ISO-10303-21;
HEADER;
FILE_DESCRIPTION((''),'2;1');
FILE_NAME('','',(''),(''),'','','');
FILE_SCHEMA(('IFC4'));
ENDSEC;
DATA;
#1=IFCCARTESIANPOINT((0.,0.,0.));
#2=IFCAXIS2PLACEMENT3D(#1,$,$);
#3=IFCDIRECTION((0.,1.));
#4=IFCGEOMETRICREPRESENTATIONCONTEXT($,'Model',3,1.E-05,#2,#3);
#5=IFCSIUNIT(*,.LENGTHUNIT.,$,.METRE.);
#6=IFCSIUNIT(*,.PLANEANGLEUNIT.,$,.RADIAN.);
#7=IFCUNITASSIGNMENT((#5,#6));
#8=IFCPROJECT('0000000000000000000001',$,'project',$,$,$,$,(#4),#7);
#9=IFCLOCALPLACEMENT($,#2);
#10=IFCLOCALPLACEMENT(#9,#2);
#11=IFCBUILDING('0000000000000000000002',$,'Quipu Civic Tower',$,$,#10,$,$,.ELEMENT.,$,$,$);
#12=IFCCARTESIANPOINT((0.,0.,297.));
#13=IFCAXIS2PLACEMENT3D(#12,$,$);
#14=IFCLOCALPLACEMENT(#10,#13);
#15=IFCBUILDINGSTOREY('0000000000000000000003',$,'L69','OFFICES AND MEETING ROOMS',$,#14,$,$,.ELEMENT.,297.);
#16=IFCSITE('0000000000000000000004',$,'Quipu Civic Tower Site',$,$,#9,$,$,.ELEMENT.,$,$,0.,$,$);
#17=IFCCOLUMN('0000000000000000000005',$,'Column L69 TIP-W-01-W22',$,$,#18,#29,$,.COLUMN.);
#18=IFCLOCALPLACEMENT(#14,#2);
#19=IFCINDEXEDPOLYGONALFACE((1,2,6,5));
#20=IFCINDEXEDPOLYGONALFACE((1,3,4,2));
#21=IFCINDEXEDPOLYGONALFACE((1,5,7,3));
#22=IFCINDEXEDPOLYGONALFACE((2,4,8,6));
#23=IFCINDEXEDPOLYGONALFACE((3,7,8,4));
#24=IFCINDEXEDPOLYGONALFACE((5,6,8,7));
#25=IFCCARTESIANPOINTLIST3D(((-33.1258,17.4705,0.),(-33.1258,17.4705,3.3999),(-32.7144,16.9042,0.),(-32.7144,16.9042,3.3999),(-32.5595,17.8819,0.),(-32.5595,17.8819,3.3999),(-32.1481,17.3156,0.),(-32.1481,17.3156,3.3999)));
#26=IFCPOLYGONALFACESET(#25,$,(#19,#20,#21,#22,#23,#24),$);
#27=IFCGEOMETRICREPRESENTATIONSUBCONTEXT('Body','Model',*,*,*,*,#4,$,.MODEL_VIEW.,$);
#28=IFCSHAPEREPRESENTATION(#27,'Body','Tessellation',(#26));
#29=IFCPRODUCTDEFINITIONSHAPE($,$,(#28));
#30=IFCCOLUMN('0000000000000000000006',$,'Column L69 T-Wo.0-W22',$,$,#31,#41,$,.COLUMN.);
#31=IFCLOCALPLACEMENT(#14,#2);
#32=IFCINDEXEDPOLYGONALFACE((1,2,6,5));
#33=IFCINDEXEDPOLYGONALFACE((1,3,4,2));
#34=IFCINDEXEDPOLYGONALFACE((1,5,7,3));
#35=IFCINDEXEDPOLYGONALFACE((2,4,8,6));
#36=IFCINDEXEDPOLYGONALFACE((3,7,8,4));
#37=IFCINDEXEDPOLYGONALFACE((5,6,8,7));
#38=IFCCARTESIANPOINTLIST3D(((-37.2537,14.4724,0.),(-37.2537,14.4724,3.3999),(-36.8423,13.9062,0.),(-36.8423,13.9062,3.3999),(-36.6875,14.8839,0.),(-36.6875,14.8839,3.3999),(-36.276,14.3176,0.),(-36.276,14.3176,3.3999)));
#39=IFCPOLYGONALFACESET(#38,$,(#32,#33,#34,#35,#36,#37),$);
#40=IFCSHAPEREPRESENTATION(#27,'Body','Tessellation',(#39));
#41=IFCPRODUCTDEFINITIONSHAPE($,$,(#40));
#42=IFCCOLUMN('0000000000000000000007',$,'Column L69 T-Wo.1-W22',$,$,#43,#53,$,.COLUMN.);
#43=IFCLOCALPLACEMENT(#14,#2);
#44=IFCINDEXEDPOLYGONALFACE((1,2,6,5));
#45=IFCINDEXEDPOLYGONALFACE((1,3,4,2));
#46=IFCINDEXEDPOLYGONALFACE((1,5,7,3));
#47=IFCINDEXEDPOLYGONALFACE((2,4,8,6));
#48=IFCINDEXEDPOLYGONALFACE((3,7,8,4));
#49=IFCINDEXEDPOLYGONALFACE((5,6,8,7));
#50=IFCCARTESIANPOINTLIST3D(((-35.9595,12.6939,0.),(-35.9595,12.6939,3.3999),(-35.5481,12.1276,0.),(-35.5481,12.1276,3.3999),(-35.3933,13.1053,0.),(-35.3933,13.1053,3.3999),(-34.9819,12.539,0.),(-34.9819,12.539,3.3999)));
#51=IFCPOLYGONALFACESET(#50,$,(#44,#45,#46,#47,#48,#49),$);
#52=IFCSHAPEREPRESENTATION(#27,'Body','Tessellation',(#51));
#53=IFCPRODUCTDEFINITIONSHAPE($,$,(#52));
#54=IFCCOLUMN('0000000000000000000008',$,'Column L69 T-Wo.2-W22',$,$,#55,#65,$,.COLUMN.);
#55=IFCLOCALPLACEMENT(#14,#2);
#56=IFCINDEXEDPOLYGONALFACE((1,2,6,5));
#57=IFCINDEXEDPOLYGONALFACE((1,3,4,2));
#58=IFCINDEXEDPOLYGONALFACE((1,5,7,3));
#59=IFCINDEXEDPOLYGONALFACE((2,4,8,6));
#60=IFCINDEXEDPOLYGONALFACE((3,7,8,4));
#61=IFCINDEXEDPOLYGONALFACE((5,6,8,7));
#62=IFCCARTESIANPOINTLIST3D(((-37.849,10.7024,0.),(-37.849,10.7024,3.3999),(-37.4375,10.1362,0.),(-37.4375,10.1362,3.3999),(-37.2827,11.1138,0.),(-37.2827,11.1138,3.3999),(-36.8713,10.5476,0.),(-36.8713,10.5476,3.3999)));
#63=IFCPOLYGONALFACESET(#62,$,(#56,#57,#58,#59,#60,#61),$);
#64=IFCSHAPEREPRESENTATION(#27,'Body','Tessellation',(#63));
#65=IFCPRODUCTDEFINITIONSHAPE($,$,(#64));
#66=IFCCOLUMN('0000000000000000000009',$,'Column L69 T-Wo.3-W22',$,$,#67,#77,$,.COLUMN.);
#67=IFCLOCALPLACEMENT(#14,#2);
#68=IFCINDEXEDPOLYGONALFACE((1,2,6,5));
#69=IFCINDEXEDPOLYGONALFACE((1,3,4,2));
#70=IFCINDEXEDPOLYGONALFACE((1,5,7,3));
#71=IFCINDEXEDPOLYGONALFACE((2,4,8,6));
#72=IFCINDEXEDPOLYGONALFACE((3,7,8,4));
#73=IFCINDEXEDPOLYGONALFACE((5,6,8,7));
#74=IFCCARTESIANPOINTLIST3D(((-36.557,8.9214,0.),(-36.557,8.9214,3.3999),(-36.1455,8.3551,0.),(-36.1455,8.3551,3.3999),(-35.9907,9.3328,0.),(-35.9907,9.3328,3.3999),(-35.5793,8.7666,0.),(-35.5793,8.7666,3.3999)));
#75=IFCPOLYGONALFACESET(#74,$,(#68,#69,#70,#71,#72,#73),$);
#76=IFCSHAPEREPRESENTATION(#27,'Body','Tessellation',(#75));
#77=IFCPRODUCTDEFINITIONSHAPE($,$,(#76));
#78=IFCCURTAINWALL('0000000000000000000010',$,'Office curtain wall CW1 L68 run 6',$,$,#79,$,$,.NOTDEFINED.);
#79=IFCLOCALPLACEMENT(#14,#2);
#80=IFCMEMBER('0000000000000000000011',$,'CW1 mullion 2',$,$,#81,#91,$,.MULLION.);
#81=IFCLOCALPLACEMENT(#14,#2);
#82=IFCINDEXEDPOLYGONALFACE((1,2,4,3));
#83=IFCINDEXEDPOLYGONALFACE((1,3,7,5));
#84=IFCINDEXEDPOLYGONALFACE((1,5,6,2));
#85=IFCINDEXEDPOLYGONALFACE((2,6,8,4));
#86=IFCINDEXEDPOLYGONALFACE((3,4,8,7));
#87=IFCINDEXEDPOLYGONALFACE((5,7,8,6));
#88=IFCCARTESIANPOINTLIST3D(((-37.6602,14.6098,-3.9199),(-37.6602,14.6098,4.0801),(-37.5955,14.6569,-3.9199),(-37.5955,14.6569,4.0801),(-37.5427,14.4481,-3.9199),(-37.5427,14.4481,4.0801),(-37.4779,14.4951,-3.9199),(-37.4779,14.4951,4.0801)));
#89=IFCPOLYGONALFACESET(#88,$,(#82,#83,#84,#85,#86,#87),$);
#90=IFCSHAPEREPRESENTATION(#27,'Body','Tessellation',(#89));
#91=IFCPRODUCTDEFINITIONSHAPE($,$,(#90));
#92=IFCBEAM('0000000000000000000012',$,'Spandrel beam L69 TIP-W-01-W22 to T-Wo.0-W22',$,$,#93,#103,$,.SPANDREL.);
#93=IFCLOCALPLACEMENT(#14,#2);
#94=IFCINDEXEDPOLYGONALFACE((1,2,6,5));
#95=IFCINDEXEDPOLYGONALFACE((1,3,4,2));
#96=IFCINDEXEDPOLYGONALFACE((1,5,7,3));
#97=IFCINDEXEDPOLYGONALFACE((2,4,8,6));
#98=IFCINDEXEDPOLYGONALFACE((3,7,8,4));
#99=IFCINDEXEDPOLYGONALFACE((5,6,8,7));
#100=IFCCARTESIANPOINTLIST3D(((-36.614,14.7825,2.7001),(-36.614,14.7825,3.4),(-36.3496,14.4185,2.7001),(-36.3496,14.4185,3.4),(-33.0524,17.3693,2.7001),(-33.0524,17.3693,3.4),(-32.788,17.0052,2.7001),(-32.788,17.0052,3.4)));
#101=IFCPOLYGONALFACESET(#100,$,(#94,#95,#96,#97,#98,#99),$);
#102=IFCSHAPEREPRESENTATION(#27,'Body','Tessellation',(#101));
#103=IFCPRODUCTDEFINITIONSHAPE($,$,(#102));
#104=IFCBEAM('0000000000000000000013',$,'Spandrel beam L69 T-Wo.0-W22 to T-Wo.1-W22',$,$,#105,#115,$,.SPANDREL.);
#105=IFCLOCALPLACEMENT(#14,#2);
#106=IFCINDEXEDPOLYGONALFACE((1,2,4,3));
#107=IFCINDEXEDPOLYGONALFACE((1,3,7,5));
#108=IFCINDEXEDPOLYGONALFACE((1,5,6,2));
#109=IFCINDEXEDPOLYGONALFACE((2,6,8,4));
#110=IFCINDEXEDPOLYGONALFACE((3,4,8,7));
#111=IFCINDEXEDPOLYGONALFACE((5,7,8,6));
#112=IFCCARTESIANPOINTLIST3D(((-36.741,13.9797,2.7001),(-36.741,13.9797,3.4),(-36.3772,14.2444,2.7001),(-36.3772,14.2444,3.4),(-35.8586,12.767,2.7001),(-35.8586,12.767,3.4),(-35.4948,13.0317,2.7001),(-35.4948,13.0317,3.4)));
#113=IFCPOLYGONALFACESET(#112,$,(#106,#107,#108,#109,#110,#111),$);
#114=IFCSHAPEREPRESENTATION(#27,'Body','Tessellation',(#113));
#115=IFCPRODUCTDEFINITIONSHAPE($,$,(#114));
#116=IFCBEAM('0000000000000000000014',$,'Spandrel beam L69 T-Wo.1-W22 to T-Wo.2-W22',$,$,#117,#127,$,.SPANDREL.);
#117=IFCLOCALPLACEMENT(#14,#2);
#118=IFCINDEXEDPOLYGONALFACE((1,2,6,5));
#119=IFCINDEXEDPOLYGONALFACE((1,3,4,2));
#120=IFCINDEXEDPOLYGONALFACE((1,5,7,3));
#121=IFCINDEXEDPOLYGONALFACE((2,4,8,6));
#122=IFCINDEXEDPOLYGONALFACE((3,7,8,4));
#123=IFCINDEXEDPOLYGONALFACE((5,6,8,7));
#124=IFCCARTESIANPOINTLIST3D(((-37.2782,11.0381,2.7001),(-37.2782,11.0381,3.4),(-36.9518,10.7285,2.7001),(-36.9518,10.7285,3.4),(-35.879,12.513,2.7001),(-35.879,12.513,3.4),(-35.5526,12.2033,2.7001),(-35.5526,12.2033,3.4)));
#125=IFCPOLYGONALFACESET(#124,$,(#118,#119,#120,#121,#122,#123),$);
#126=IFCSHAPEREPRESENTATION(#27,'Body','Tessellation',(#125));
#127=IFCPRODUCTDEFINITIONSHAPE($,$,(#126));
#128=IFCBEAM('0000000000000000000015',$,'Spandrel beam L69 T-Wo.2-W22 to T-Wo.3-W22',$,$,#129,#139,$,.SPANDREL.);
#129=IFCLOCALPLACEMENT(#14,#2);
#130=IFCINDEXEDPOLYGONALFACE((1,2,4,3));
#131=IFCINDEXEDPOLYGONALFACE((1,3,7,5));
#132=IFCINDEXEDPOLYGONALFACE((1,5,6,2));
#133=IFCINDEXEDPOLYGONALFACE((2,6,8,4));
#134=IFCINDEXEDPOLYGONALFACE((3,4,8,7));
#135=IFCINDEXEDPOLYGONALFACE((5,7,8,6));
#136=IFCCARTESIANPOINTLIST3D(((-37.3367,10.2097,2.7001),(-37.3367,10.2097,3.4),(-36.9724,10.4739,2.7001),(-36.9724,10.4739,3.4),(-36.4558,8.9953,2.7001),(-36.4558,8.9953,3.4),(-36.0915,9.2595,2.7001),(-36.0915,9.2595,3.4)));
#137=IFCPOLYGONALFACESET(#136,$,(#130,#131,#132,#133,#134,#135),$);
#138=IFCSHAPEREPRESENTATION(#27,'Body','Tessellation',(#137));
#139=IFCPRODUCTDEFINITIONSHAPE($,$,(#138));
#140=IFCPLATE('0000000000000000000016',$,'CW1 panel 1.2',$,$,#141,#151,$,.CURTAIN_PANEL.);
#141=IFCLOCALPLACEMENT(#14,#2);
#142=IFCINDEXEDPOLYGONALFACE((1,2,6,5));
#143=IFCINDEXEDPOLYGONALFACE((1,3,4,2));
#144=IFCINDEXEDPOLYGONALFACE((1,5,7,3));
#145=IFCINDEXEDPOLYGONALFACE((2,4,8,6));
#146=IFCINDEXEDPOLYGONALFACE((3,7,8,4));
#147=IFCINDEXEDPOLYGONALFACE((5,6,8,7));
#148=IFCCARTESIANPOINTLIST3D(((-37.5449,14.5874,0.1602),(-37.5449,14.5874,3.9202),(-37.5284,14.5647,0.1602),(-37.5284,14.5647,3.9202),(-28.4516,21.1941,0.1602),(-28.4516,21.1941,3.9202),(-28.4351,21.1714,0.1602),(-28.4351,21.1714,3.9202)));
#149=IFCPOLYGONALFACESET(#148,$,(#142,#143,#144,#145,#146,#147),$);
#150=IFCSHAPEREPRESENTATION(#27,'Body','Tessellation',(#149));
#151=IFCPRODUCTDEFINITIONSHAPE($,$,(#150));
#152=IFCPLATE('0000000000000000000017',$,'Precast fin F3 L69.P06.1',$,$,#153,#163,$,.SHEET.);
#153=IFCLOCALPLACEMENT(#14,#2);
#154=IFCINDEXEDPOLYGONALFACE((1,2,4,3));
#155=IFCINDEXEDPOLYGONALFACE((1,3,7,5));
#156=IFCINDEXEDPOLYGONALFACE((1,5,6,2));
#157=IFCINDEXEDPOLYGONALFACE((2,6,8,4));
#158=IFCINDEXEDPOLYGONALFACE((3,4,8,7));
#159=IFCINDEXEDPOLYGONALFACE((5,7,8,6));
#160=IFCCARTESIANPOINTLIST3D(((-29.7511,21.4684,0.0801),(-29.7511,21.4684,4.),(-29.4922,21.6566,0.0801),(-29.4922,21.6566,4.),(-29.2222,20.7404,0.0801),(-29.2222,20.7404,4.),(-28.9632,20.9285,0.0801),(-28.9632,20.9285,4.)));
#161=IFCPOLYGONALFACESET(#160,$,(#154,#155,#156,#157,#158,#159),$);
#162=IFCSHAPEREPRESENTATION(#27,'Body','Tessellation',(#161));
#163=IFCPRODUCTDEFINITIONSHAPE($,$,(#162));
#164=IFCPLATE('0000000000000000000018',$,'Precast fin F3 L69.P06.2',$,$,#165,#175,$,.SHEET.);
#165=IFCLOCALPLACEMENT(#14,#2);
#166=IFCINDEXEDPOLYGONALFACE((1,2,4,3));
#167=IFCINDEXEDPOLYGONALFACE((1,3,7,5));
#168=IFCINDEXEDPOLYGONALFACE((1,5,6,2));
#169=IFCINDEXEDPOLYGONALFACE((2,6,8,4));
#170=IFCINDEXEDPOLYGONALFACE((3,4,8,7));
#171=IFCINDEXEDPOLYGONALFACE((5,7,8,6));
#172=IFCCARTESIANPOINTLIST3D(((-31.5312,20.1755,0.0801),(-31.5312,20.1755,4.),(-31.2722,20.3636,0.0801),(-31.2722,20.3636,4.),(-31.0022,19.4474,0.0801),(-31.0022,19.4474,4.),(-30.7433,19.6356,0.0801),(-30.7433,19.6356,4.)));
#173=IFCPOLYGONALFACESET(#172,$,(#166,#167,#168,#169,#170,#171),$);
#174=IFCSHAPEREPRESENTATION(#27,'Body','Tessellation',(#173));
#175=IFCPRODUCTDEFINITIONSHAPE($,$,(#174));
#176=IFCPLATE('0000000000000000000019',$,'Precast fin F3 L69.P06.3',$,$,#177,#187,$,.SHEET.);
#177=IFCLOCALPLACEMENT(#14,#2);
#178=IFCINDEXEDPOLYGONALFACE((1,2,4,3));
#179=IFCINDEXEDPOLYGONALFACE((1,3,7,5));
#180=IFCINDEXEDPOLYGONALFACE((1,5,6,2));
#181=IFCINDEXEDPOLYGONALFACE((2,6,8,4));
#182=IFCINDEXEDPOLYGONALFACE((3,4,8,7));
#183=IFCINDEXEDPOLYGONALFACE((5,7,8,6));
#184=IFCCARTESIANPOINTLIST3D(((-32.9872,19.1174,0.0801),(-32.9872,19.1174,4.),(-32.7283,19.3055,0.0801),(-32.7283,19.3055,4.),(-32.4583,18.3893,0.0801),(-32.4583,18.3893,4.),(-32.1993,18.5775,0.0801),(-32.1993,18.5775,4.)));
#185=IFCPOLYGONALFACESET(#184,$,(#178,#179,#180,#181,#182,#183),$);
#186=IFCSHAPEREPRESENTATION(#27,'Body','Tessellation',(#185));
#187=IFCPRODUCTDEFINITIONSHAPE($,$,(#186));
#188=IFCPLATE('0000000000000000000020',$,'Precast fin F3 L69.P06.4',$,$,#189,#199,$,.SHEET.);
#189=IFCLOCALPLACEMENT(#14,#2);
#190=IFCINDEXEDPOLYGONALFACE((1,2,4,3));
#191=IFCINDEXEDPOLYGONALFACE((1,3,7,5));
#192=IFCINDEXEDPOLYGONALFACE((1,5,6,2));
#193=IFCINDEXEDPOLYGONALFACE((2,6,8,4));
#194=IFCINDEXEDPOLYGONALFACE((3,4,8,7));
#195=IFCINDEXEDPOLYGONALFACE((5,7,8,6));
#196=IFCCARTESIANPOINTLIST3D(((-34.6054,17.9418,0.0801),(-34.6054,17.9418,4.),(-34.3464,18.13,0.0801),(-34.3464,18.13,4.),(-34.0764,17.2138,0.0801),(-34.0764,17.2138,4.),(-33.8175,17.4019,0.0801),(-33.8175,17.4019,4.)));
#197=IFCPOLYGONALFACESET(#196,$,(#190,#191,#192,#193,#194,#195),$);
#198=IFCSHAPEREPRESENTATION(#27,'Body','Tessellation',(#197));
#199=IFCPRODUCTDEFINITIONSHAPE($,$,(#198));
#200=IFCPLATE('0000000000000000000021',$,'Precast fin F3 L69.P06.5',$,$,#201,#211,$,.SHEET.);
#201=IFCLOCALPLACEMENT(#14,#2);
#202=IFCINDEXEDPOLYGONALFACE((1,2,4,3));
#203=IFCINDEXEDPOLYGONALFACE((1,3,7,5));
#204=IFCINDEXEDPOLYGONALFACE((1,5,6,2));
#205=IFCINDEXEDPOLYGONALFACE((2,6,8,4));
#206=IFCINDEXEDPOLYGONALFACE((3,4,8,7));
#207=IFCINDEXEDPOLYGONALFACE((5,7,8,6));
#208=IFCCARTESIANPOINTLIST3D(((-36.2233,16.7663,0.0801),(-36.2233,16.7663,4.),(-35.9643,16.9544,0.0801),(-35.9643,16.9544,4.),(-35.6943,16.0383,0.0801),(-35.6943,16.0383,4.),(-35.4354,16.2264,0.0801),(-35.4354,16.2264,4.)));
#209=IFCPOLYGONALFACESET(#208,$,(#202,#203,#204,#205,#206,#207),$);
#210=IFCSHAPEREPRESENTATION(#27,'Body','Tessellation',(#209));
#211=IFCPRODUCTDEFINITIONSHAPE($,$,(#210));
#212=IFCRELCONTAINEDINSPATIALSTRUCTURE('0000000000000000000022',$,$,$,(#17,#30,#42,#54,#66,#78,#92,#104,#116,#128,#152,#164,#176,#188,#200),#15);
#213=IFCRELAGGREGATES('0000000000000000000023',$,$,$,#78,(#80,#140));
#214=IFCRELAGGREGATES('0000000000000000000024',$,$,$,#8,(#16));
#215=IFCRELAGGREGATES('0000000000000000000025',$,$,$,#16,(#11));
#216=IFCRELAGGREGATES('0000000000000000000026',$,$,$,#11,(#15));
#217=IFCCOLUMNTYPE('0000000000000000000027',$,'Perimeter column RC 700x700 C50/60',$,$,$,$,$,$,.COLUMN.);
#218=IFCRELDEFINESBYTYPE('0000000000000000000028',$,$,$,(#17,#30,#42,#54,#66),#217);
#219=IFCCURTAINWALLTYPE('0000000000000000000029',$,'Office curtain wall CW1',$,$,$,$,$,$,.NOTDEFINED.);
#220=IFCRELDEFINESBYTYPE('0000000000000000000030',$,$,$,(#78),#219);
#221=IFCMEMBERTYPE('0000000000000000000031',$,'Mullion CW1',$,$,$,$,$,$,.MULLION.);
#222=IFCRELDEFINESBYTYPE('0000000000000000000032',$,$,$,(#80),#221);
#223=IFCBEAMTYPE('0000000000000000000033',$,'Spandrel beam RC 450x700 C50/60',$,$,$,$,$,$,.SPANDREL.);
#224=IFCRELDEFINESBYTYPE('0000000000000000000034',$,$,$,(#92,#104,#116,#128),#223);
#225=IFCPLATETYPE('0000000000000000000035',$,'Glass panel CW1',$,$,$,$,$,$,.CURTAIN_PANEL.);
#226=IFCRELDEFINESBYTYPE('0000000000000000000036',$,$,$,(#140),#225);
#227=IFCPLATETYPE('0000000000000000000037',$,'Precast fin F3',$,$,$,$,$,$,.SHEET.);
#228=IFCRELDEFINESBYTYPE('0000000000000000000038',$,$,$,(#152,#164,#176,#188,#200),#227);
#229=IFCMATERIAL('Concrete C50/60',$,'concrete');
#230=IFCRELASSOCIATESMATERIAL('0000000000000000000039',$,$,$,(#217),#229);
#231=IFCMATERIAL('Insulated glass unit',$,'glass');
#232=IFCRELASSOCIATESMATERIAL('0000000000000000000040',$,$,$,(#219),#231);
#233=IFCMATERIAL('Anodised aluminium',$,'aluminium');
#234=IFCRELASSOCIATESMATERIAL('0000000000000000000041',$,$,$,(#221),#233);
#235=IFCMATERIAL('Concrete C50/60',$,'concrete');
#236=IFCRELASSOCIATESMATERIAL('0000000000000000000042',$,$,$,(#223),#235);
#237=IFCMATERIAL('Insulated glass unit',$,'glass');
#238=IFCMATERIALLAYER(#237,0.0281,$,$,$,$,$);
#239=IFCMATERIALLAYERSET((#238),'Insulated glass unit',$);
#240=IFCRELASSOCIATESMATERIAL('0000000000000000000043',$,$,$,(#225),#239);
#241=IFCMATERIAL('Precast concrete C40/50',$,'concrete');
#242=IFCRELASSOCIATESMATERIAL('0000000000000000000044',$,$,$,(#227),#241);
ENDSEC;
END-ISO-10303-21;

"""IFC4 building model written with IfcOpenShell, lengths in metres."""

from ifc_helpers import new_model, si_unit, direction, frame, origin, origin_2d, place, context, subcontext, project, spatial, rectangle, extrude, material, layer, layer_set, material_profile, profile_set, type_object, element, aggregate, save


model = new_model("IFC4")

# Units and contexts
model_context = context("Model", 3, precision=1e-05, world=origin(), true_north=direction((0.0, 1.0)))
body_context = subcontext(model_context, "Body", "Model", "MODEL_VIEW")
ifc_project = project(units=[si_unit("LENGTHUNIT", "METRE"), si_unit("PLANEANGLEUNIT", "RADIAN")], contexts=[model_context])

# Site, building, storey
site_placement = place(None, origin())
site = spatial("IfcSite", under=ifc_project, at=site_placement, Name="Quipu Civic Tower Site", CompositionType="ELEMENT", RefElevation=0.0)
building_placement = place(site_placement, origin())
building = spatial("IfcBuilding", under=site, at=building_placement, Name="Quipu Civic Tower", CompositionType="ELEMENT")
storey_placement = place(building_placement, frame((0.0, 0.0, 297.0)))
storey = spatial("IfcBuildingStorey", under=building, at=storey_placement, Name="L69", Description="OFFICES AND MEETING ROOMS", CompositionType="ELEMENT", Elevation=297.0)

# Columns
ifc_material_1 = material(Name="Concrete C50/60", Category="concrete")
ifc_material_profile_1 = material_profile(ifc_material_1, rectangle(XDim=0.7, YDim=0.7, at=origin_2d()), Name="RC700x700")
ifc_profile_set_1 = profile_set([ifc_material_profile_1], Name="Concrete C50/60")
column_type = type_object("IfcColumnType", Name="Perimeter column RC 700x700 C50/60", PredefinedType="COLUMN", material=ifc_profile_set_1)
for number, where, z_axis, x_axis, name in (
    (1, (-32.637, 17.3931, 0.0), (0.0, 0.0, 1.0), (-0.809017, -0.587785, 0.0), "Column L69 TIP-W-01-W22"),
    (2, (-36.7649, 14.395, 0.0), (0.0, 0.0, 1.0), (0.587785, -0.809017, 0.0), "Column L69 T-Wo.0-W22"),
    (3, (-35.4707, 12.6165, 0.0), (0.0, 0.0, 1.0), (-0.809017, -0.587785, 0.0), "Column L69 T-Wo.1-W22"),
    (4, (-37.3601, 10.625, 0.0), (0.0, 0.0, 1.0), (0.587785, -0.809017, 0.0), "Column L69 T-Wo.2-W22"),
    (5, (-36.0681, 8.844, 0.0), (0.0, 0.0, 1.0), (0.587785, -0.809017, 0.0), "Column L69 T-Wo.3-W22"),
):
    element("IfcColumn", number, at=place(storey_placement, frame(where, z_axis=z_axis, x_axis=x_axis)), inside=storey, type_object=column_type, Name=name, PredefinedType="COLUMN", context=body_context, shape_type="SweptSolid", body=[
        extrude(rectangle(XDim=0.7, YDim=0.7, at=origin_2d()), origin(), (0.0, 0.0, 1.0), 3.3999),
    ])

# Curtain wall, member
ifc_material_2 = material(Name="Insulated glass unit", Category="glass")
curtain_wall_type = type_object("IfcCurtainWallType", Name="Office curtain wall CW1", PredefinedType="NOTDEFINED", material=ifc_material_2)
curtain_wall_placement = place(storey_placement, origin())
curtain_wall = element("IfcCurtainWall", 6, at=curtain_wall_placement, inside=storey, type_object=curtain_wall_type, Name="Office curtain wall CW1 L68 run 6", PredefinedType="NOTDEFINED")
ifc_material_3 = material(Name="Anodised aluminium", Category="aluminium")
ifc_material_profile_2 = material_profile(ifc_material_3, rectangle(XDim=0.2, YDim=0.0801, at=origin_2d()), Name="RECT 200x80")
ifc_profile_set_2 = profile_set([ifc_material_profile_2], Name="Anodised aluminium")
member_type = type_object("IfcMemberType", Name="Mullion CW1", PredefinedType="MULLION", material=ifc_profile_set_2)
member_placement = place(storey_placement, frame((-37.5691, 14.5525, -3.9199), z_axis=(0.0, 0.0, 1.0), x_axis=(0.587788, -0.809015, 0.0)))
member = element("IfcMember", 7, at=member_placement, type_object=member_type, Name="CW1 mullion 2", PredefinedType="MULLION", context=body_context, shape_type="SweptSolid", body=[
    extrude(rectangle(XDim=0.2, YDim=0.0801, at=origin_2d()), origin(), (0.0, 0.0, 1.0), 8.0),
])

# Beams
ifc_material_4 = material(Name="Concrete C50/60", Category="concrete")
ifc_material_profile_3 = material_profile(ifc_material_4, rectangle(XDim=0.45, YDim=0.7, at=origin_2d()), Name="RC450x700")
ifc_profile_set_3 = profile_set([ifc_material_profile_3], Name="Concrete C50/60")
beam_type = type_object("IfcBeamType", Name="Spandrel beam RC 450x700 C50/60", PredefinedType="SPANDREL", material=ifc_profile_set_3)
beam_1_placement = place(storey_placement, frame((-32.9202, 17.1873, 3.05), z_axis=(-0.809117, -0.587647, 0.0), x_axis=(0.587647, -0.809117, 0.0)))
element("IfcBeam", 8, at=beam_1_placement, inside=storey, type_object=beam_type, Name="Spandrel beam L69 TIP-W-01-W22 to T-Wo.0-W22", PredefinedType="SPANDREL", context=body_context, shape_type="SweptSolid", body=[
    extrude(rectangle(XDim=0.45, YDim=0.7, at=origin_2d()), origin(), (0.0, 0.0, 1.0), 4.4019),
])
beam_2_placement = place(storey_placement, frame((-36.5591, 14.1121, 3.05), z_axis=(0.588346, -0.808609, 0.0), x_axis=(0.808609, 0.588346, 0.0)))
element("IfcBeam", 9, at=beam_2_placement, inside=storey, type_object=beam_type, Name="Spandrel beam L69 T-Wo.0-W22 to T-Wo.1-W22", PredefinedType="SPANDREL", context=body_context, shape_type="SweptSolid", body=[
    extrude(rectangle(XDim=0.45, YDim=0.7, at=origin_2d()), origin(), (0.0, 0.0, 1.0), 1.4998),
])
beam_3_placement = place(storey_placement, frame((-35.7158, 12.3582, 3.05), z_axis=(-0.688247, -0.725476, 0.0), x_axis=(0.725476, -0.688247, 0.0)))
element("IfcBeam", 10, at=beam_3_placement, inside=storey, type_object=beam_type, Name="Spandrel beam L69 T-Wo.1-W22 to T-Wo.2-W22", PredefinedType="SPANDREL", context=body_context, shape_type="SweptSolid", body=[
    extrude(rectangle(XDim=0.45, YDim=0.7, at=origin_2d()), origin(), (0.0, 0.0, 1.0), 2.033),
])
beam_4_placement = place(storey_placement, frame((-37.1545, 10.3418, 3.05), z_axis=(0.587165, -0.809467, 0.0), x_axis=(0.809467, 0.587165, 0.0)))
element("IfcBeam", 11, at=beam_4_placement, inside=storey, type_object=beam_type, Name="Spandrel beam L69 T-Wo.2-W22 to T-Wo.3-W22", PredefinedType="SPANDREL", context=body_context, shape_type="SweptSolid", body=[
    extrude(rectangle(XDim=0.45, YDim=0.7, at=origin_2d()), origin(), (0.0, 0.0, 1.0), 1.5002),
])

# Plate
ifc_material_5 = material(Name="Insulated glass unit", Category="glass")
ifc_layer_1 = layer(ifc_material_5, 0.0281)
ifc_layer_set_1 = layer_set([ifc_layer_1], Name="Insulated glass unit")
plate_type_1 = type_object("IfcPlateType", Name="Glass panel CW1", PredefinedType="CURTAIN_PANEL", material=ifc_layer_set_1)
plate_placement = place(storey_placement, frame((-32.99, 17.8794, 0.1602), z_axis=(0.0, 0.0, 1.0), x_axis=(-0.809015, -0.587788, 0.0)))
plate = element("IfcPlate", 12, at=plate_placement, type_object=plate_type_1, Name="CW1 panel 1.2", PredefinedType="CURTAIN_PANEL", context=body_context, shape_type="SweptSolid", body=[
    extrude(rectangle(XDim=11.24, YDim=0.0281, at=origin_2d()), origin(), (0.0, 0.0, 1.0), 3.76),
])
aggregate(curtain_wall, [member, plate])

# Plates
ifc_material_6 = material(Name="Precast concrete C40/50", Category="concrete")
plate_type_2 = type_object("IfcPlateType", Name="Precast fin F3", PredefinedType="SHEET", material=ifc_material_6)
for number, where, z_axis, x_axis, name in (
    (13, (-29.3572, 21.1985, 0.0801), (0.0, 0.0, 1.0), (-0.809017, -0.587785, 0.0), "Precast fin F3 L69.P06.1"),
    (14, (-31.1372, 19.9055, 0.0801), (0.0, 0.0, 1.0), (-0.809017, -0.587785, 0.0), "Precast fin F3 L69.P06.2"),
    (15, (-32.5933, 18.8474, 0.0801), (0.0, 0.0, 1.0), (-0.809017, -0.587785, 0.0), "Precast fin F3 L69.P06.3"),
    (16, (-34.2114, 17.6719, 0.0801), (0.0, 0.0, 1.0), (-0.809017, -0.587785, 0.0), "Precast fin F3 L69.P06.4"),
    (17, (-35.8293, 16.4963, 0.0801), (0.0, 0.0, 1.0), (-0.809017, -0.587785, 0.0), "Precast fin F3 L69.P06.5"),
):
    element("IfcPlate", number, at=place(storey_placement, frame(where, z_axis=z_axis, x_axis=x_axis)), inside=storey, type_object=plate_type_2, Name=name, PredefinedType="SHEET", context=body_context, shape_type="SweptSolid", body=[
        extrude(rectangle(XDim=0.3201, YDim=0.8999, at=origin_2d()), origin(), (0.0, 0.0, 1.0), 3.9199),
    ])

save(model, "model.ifc")
